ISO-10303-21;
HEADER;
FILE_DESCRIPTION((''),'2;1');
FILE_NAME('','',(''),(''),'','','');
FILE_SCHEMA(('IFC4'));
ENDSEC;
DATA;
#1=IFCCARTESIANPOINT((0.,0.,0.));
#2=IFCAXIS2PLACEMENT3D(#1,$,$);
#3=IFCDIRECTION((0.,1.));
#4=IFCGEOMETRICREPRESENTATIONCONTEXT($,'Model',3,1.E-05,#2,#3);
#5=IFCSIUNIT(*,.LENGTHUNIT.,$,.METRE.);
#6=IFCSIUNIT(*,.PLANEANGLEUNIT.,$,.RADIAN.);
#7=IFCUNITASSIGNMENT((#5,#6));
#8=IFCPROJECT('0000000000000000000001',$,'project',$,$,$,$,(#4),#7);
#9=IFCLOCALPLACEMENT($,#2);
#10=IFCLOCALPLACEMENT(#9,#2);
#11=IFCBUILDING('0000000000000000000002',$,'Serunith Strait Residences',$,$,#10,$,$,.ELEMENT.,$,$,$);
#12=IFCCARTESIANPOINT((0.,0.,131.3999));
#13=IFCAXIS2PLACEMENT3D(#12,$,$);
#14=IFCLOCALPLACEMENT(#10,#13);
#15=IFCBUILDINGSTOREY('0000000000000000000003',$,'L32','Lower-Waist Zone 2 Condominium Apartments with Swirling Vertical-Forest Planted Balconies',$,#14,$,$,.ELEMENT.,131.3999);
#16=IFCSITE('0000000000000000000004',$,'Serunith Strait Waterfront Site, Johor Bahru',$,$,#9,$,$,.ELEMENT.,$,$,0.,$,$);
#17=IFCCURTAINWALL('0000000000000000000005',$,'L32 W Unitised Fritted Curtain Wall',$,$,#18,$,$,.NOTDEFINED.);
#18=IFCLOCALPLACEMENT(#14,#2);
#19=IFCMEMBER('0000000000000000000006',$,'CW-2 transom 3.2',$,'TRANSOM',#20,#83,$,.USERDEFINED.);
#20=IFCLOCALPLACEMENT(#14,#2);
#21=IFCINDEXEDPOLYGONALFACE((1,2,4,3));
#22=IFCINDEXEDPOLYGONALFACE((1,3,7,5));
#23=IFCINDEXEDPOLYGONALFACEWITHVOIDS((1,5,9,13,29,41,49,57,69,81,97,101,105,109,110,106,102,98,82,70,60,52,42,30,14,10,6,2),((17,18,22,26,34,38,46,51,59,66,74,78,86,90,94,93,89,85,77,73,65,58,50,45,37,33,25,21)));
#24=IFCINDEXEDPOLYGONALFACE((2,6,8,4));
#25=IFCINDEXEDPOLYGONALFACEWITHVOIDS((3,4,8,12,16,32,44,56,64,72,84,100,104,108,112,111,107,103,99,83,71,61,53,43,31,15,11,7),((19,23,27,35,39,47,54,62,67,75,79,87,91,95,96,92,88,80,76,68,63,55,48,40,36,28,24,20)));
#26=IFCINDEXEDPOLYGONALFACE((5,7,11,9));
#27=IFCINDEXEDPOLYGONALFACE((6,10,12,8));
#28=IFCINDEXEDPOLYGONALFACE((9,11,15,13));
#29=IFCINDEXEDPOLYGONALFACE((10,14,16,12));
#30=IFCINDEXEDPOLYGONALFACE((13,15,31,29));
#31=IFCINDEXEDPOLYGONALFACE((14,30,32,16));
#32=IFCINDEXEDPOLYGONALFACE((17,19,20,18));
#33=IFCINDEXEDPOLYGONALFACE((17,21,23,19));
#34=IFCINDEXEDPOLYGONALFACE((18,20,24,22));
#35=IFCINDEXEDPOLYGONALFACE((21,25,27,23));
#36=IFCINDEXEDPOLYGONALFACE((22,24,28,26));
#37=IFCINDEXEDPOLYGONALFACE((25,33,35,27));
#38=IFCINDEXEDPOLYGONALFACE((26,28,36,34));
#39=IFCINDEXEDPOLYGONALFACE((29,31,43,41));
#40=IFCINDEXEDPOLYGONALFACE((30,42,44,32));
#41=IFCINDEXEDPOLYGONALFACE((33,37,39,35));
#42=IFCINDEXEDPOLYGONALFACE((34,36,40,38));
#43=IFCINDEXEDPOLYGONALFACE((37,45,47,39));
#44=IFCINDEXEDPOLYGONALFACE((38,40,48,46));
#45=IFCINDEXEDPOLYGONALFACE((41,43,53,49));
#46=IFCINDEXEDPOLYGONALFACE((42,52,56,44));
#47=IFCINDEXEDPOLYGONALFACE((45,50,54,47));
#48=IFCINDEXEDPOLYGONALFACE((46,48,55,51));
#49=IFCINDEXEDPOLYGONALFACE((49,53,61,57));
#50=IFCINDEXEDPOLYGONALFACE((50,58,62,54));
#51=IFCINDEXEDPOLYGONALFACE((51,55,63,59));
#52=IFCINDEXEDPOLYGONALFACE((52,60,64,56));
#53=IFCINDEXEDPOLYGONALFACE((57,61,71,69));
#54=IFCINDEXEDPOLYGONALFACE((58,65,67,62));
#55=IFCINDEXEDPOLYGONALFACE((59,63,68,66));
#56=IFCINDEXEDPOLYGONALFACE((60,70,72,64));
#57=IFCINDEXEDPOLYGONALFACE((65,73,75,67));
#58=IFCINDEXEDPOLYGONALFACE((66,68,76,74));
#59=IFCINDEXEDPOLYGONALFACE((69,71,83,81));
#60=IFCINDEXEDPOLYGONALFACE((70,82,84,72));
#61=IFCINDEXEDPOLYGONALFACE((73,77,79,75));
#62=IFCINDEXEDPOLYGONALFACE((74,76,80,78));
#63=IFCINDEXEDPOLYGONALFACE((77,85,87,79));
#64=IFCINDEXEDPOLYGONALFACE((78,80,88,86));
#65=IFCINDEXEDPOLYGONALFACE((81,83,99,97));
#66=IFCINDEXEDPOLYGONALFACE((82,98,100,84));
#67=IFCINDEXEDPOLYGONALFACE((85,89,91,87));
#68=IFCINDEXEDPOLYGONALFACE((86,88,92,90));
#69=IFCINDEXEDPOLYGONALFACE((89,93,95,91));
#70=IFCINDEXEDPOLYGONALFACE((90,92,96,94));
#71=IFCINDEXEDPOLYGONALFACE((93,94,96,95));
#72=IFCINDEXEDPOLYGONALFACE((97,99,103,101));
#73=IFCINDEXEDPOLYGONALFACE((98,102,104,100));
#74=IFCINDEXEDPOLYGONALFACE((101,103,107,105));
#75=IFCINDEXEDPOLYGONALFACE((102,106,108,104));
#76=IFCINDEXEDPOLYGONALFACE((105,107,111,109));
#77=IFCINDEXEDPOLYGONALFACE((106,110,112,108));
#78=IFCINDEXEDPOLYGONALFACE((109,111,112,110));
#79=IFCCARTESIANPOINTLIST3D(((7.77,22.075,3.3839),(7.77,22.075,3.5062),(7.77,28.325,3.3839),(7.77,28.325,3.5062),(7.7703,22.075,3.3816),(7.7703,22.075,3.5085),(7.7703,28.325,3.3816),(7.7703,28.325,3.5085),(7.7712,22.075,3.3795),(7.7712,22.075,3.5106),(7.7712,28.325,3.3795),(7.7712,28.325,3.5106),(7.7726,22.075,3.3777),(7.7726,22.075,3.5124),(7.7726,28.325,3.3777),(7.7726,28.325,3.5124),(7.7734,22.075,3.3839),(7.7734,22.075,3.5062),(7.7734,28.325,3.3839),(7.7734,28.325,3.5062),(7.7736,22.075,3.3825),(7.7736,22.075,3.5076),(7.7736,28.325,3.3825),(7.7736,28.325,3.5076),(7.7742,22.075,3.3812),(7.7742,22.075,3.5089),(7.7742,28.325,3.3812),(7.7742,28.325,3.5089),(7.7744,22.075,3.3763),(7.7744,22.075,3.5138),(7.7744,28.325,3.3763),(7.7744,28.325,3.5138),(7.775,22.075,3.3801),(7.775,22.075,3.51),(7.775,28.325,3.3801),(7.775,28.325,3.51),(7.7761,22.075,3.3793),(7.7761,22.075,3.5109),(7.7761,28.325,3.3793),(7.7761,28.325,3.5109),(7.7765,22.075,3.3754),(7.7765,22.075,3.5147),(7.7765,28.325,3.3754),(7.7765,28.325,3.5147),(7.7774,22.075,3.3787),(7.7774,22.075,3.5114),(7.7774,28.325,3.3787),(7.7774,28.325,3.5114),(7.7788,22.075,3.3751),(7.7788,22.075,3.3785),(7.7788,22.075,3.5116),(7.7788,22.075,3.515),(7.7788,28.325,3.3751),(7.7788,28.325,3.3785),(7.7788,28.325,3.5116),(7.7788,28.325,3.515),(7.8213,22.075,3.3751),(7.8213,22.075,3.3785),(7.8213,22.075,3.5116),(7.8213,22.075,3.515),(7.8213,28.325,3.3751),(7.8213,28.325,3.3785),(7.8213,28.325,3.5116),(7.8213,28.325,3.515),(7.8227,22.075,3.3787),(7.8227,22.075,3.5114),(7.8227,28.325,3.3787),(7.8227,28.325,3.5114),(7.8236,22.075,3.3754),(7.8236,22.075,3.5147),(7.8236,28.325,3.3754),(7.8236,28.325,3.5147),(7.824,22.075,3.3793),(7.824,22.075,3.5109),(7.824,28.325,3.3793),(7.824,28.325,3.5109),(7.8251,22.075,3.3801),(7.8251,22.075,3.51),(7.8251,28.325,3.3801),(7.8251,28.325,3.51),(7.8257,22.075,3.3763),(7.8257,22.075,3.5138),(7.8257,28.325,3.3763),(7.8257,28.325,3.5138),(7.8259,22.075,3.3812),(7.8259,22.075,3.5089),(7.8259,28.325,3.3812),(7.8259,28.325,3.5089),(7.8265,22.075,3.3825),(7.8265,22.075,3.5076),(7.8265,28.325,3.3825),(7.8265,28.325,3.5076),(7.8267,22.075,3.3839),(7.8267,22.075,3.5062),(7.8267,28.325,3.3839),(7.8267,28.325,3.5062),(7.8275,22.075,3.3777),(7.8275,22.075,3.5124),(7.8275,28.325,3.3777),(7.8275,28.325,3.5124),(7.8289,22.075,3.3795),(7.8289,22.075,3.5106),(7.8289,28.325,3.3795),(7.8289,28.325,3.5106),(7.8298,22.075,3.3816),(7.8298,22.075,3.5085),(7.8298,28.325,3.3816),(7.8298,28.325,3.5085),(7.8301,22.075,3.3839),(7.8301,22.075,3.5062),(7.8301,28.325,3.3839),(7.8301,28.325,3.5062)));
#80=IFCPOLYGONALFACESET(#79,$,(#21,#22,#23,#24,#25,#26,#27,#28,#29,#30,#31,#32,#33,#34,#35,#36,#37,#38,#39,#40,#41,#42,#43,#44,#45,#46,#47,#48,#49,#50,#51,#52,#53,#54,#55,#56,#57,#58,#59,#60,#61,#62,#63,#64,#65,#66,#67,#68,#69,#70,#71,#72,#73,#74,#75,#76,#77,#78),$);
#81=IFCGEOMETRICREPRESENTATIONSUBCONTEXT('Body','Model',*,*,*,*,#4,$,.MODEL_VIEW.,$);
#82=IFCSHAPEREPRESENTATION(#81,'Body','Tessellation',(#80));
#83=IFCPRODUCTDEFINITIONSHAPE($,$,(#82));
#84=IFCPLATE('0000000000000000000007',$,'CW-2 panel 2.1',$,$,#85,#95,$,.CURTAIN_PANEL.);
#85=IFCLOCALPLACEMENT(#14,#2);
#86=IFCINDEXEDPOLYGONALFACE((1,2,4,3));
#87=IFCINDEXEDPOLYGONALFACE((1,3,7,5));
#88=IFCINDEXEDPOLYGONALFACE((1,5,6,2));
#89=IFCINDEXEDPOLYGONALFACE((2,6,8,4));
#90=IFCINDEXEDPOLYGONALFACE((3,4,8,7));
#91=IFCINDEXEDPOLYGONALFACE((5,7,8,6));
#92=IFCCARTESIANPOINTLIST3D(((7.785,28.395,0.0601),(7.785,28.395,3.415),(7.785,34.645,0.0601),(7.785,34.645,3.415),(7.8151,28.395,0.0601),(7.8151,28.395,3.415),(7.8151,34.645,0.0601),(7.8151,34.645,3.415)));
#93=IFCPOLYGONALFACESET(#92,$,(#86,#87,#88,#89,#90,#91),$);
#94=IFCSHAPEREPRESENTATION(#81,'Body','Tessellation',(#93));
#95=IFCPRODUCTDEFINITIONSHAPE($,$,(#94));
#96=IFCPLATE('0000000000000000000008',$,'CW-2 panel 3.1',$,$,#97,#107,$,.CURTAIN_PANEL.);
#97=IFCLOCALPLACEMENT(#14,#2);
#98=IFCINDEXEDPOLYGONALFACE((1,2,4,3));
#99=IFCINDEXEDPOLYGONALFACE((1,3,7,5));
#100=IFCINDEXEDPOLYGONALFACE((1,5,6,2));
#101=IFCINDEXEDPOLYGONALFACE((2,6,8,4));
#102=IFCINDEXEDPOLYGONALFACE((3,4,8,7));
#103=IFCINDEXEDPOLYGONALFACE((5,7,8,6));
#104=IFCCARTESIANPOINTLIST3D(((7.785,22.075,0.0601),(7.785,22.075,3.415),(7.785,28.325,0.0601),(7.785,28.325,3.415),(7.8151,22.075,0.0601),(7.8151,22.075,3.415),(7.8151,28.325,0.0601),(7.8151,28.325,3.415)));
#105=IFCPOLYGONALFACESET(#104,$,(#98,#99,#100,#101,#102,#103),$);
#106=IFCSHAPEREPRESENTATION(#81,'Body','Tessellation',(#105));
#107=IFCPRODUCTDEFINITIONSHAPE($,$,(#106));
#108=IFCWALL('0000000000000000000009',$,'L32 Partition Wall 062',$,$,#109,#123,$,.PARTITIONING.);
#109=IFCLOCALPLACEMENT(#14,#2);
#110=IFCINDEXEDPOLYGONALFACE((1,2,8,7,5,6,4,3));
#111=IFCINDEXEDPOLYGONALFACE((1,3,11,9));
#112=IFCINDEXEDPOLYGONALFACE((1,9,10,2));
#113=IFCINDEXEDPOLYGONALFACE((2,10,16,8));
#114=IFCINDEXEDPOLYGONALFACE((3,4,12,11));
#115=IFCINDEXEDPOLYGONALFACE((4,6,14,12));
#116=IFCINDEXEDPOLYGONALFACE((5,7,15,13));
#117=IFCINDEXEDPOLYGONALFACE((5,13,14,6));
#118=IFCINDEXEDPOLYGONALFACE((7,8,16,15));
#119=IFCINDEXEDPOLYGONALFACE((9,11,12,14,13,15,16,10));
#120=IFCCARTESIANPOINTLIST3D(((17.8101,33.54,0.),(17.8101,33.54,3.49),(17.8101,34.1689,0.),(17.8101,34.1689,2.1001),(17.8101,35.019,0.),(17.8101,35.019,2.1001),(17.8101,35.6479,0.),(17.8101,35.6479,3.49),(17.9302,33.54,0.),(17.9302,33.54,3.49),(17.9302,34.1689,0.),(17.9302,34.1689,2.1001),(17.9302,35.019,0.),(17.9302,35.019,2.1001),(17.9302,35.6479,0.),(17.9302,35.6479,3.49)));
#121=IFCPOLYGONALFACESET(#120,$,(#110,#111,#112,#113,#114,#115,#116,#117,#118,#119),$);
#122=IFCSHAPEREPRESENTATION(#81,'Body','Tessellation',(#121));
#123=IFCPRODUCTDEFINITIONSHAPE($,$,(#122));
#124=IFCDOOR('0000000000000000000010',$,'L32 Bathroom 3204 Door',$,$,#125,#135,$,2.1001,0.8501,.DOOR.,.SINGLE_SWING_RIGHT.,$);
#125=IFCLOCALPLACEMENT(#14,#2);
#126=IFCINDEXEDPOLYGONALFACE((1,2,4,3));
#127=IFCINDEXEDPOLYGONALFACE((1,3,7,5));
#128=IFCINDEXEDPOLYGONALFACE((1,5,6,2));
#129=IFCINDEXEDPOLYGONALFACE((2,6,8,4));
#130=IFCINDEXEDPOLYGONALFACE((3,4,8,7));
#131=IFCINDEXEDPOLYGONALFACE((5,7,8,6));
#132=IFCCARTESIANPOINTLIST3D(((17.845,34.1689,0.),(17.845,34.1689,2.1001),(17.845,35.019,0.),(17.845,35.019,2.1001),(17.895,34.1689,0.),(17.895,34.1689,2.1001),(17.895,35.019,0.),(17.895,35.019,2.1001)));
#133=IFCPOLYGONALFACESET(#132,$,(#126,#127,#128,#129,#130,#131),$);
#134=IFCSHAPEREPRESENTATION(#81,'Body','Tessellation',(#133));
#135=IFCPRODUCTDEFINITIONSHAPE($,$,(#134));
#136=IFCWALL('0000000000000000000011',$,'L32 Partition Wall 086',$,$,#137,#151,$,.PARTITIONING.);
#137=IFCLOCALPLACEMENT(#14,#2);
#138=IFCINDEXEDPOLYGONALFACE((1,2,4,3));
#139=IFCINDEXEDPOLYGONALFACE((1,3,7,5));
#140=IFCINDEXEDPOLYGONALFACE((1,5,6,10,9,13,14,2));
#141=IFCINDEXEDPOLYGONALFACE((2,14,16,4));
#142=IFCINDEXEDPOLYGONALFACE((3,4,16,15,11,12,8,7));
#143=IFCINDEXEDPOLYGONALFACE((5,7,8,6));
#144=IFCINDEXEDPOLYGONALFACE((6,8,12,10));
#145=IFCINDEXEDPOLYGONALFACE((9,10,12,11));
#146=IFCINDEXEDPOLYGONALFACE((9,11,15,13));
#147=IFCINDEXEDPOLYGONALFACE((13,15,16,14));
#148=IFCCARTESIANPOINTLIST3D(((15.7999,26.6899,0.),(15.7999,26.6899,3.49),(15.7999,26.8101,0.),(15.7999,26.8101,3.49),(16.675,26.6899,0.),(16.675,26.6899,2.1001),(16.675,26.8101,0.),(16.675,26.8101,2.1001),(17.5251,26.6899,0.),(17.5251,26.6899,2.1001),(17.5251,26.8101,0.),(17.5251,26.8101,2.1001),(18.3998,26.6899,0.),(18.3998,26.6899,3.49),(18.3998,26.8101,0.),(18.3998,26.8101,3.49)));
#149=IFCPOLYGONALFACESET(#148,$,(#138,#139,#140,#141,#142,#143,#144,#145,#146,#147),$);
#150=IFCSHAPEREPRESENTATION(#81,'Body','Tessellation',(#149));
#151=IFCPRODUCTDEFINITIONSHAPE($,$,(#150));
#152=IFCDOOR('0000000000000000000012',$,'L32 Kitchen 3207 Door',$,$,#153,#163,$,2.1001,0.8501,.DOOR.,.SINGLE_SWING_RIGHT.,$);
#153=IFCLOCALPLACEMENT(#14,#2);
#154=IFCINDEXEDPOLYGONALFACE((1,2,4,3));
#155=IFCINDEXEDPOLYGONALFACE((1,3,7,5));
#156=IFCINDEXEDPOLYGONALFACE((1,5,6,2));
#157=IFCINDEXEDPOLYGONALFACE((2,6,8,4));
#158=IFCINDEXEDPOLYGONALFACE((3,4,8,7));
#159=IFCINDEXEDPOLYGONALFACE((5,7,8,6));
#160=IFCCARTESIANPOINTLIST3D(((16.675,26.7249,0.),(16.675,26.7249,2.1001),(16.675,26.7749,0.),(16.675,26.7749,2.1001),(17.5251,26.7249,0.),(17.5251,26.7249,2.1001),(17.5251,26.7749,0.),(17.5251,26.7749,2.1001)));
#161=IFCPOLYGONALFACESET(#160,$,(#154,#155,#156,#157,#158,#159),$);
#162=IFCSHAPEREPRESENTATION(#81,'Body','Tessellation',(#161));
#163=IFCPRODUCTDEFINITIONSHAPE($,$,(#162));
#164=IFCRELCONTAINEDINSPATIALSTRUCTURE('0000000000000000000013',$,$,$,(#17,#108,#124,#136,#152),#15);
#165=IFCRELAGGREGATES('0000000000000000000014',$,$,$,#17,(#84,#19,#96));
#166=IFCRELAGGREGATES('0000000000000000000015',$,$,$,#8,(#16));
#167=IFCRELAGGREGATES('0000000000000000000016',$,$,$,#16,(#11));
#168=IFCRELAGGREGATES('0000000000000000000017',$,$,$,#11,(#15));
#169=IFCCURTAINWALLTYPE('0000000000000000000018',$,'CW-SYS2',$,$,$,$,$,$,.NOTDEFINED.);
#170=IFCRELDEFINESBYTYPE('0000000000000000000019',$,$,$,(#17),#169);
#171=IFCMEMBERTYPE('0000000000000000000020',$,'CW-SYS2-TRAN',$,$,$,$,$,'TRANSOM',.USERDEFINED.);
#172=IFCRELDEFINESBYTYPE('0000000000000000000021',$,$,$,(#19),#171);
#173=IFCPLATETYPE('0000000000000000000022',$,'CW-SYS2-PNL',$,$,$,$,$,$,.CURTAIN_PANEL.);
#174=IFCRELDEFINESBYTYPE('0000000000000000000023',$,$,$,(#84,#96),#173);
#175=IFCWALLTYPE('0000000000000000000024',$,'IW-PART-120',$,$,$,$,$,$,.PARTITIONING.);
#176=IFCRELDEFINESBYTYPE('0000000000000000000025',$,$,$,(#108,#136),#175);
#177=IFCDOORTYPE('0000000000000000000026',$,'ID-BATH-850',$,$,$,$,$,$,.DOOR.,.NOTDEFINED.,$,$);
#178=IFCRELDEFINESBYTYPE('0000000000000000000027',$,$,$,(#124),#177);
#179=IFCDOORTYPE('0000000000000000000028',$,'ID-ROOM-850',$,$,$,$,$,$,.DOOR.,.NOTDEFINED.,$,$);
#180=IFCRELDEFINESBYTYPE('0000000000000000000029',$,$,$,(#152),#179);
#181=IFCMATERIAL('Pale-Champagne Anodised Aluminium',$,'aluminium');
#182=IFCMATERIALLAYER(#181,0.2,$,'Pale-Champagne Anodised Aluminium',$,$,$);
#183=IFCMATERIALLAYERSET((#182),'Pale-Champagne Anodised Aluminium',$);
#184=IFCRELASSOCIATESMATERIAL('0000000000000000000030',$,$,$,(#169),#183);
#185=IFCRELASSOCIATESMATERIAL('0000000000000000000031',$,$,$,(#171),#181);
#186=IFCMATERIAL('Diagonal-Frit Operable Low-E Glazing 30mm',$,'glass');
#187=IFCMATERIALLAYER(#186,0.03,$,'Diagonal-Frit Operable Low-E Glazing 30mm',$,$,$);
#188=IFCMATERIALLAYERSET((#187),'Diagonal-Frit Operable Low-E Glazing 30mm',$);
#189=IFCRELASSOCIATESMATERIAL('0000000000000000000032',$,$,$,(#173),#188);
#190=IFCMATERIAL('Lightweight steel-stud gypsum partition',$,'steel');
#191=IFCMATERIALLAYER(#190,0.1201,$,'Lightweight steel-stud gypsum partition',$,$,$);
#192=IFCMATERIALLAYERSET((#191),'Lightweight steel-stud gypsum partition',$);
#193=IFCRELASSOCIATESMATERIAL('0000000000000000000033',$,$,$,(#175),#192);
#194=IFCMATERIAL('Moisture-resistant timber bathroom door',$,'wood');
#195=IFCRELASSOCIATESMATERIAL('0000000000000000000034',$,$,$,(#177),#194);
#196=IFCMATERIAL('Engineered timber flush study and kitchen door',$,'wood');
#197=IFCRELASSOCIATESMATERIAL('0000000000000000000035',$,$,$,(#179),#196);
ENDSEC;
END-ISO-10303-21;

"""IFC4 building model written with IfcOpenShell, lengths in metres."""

from ifc_helpers import new_model, si_unit, direction, frame, frame_2d, origin, origin_2d, place, context, subcontext, project, spatial, rectangle, hollow_rectangle, extrude, source, transform, mapped, material, layer, layer_set, material_profile, profile_set, type_object, element, fill, aggregate, save


model = new_model("IFC4")

# Units and contexts
model_context = context("Model", 3, precision=1e-05, world=origin(), true_north=direction((0.0, 1.0)))
body_context = subcontext(model_context, "Body", "Model", "MODEL_VIEW")
ifc_project = project(units=[si_unit("LENGTHUNIT", "METRE"), si_unit("PLANEANGLEUNIT", "RADIAN")], contexts=[model_context])

# Site, building, storey
site_placement = place(None, origin())
site = spatial("IfcSite", under=ifc_project, at=site_placement, Name="Serunith Strait Waterfront Site, Johor Bahru", CompositionType="ELEMENT", RefElevation=0.0)
building_placement = place(site_placement, origin())
building = spatial("IfcBuilding", under=site, at=building_placement, Name="Serunith Strait Residences", CompositionType="ELEMENT")
storey_placement = place(building_placement, frame((0.0, 0.0, 131.3999)))
storey = spatial("IfcBuildingStorey", under=building, at=storey_placement, Name="L32", Description="Lower-Waist Zone 2 Condominium Apartments with Swirling Vertical-Forest Planted Balconies", CompositionType="ELEMENT", Elevation=131.3999)

# Curtain wall, member, plates
ifc_material_1 = material(Name="Pale-Champagne Anodised Aluminium", Category="aluminium")
ifc_layer_1 = layer(ifc_material_1, 0.2, Name="Pale-Champagne Anodised Aluminium")
ifc_layer_set_1 = layer_set([ifc_layer_1], Name="Pale-Champagne Anodised Aluminium")
curtain_wall_type = type_object("IfcCurtainWallType", Name="CW-SYS2", PredefinedType="NOTDEFINED", material=ifc_layer_set_1)
curtain_wall_placement = place(storey_placement, origin())
curtain_wall = element("IfcCurtainWall", 1, at=curtain_wall_placement, inside=storey, type_object=curtain_wall_type, Name="L32 W Unitised Fritted Curtain Wall", PredefinedType="NOTDEFINED")
ifc_material_profile_1 = material_profile(ifc_material_1, hollow_rectangle(XDim=0.0601, YDim=0.1399, WallThickness=0.0034, InnerFilletRadius=0.0054, OuterFilletRadius=0.0088, at=origin_2d()), Name="ALU 140x60x3.5")
ifc_profile_set_1 = profile_set([ifc_material_profile_1], Name="Pale-Champagne Anodised Aluminium")
member_type_1 = type_object("IfcMemberType", Name="CW-SYS2-TRAN", ElementType="TRANSOM", PredefinedType="USERDEFINED", material=ifc_profile_set_1)
shared_shape_1 = source(origin(), body_context, "Body", "SweptSolid", [
    extrude(hollow_rectangle(XDim=0.0601, YDim=0.1399, WallThickness=0.0034, InnerFilletRadius=0.0054, OuterFilletRadius=0.0088, at=origin_2d()), origin(), (0.0, 0.0, 1.0), 6.25),
])
member_1_placement = place(storey_placement, frame((7.8, 28.325, 3.4451), z_axis=(0.0, -1.0, 0.0), x_axis=(1.0, 0.0, 0.0)))
member_1 = element("IfcMember", 2, at=member_1_placement, type_object=member_type_1, Name="CW-2 transom 3.2", ObjectType="TRANSOM", PredefinedType="USERDEFINED", context=body_context, shape_type="MappedRepresentation", body=[
    mapped(shared_shape_1, transform((0.0, 0.0, 0.0), scale=1.0)),
])
ifc_material_2 = material(Name="Diagonal-Frit Operable Low-E Glazing 30mm", Category="glass")
ifc_layer_2 = layer(ifc_material_2, 0.03, Name="Diagonal-Frit Operable Low-E Glazing 30mm")
ifc_layer_set_2 = layer_set([ifc_layer_2], Name="Diagonal-Frit Operable Low-E Glazing 30mm")
plate_type = type_object("IfcPlateType", Name="CW-SYS2-PNL", PredefinedType="CURTAIN_PANEL", material=ifc_layer_set_2)
shared_shape_2 = source(origin(), body_context, "Body", "SweptSolid", [
    extrude(rectangle(XDim=6.25, YDim=0.03, at=origin_2d()), origin(), (0.0, 0.0, 1.0), 3.355),
])
plate_1_placement = place(storey_placement, frame((7.8, 31.52, 0.0601), z_axis=(0.0, 0.0, 1.0), x_axis=(0.0, -1.0, 0.0)))
plate_1 = element("IfcPlate", 3, at=plate_1_placement, type_object=plate_type, Name="CW-2 panel 2.1", PredefinedType="CURTAIN_PANEL", context=body_context, shape_type="MappedRepresentation", body=[
    mapped(shared_shape_2, transform((0.0, 0.0, 0.0), scale=1.0)),
])
plate_2_placement = place(storey_placement, frame((7.8, 25.2, 0.0601), z_axis=(0.0, 0.0, 1.0), x_axis=(0.0, -1.0, 0.0)))
plate_2 = element("IfcPlate", 4, at=plate_2_placement, type_object=plate_type, Name="CW-2 panel 3.1", PredefinedType="CURTAIN_PANEL", context=body_context, shape_type="MappedRepresentation", body=[
    mapped(shared_shape_2, transform((0.0, 0.0, 0.0), scale=1.0)),
])
aggregate(curtain_wall, [plate_1, member_1, plate_2])

# Walls, openings, doors
ifc_material_3 = material(Name="Lightweight steel-stud gypsum partition", Category="steel")
ifc_layer_3 = layer(ifc_material_3, 0.1201, Name="Lightweight steel-stud gypsum partition")
ifc_layer_set_3 = layer_set([ifc_layer_3], Name="Lightweight steel-stud gypsum partition")
wall_type_1 = type_object("IfcWallType", Name="IW-PART-120", PredefinedType="PARTITIONING", material=ifc_layer_set_3)
wall_1_placement = place(storey_placement, frame((17.8701, 35.6479, 0.0), z_axis=(0.0, 0.0, 1.0), x_axis=(0.0, -1.0, 0.0)))
wall_1 = element("IfcWall", 5, at=wall_1_placement, inside=storey, type_object=wall_type_1, Name="L32 Partition Wall 062", PredefinedType="PARTITIONING", context=body_context, shape_type="SweptSolid", body=[
    extrude(rectangle(XDim=2.1079, YDim=0.1201, at=frame_2d((1.054, 0.0))), origin(), (0.0, 0.0, 1.0), 3.49),
])
opening_1_placement = place(wall_1_placement, frame((0.6289, 0.0, 0.0)))
opening_1 = element("IfcOpeningElement", 6, at=opening_1_placement, cuts=wall_1, PredefinedType="OPENING", context=body_context, shape_type="SweptSolid", body=[
    extrude(rectangle(XDim=0.8501, YDim=2.1001, at=frame_2d((0.425, 1.05))), frame((0.0, 0.0701, 0.0), z_axis=(0.0, -1.0, 0.0), x_axis=(1.0, 0.0, 0.0)), (0.0, 0.0, 1.0), 0.1401),
])
ifc_material_4 = material(Name="Moisture-resistant timber bathroom door", Category="wood")
door_type_1 = type_object("IfcDoorType", Name="ID-BATH-850", OperationType="NOTDEFINED", PredefinedType="DOOR", material=ifc_material_4)
shared_shape_3 = source(origin(), body_context, "Body", "SweptSolid", [
    extrude(rectangle(XDim=0.8501, YDim=2.1001, at=frame_2d((0.425, 1.05))), frame((0.0, 0.0249, 0.0), z_axis=(0.0, -1.0, 0.0), x_axis=(1.0, 0.0, 0.0)), (0.0, 0.0, 1.0), 0.05),
])
door_1_placement = place(opening_1_placement, origin())
door_1 = element("IfcDoor", 7, at=door_1_placement, inside=storey, type_object=door_type_1, Name="L32 Bathroom 3204 Door", OperationType="SINGLE_SWING_RIGHT", OverallHeight=2.1001, OverallWidth=0.8501, PredefinedType="DOOR", context=body_context, shape_type="MappedRepresentation", body=[
    mapped(shared_shape_3, transform((0.0, 0.0, 0.0), scale=1.0)),
])
fill(opening_1, door_1)
wall_2_placement = place(storey_placement, frame((15.8, 26.75, 0.0), z_axis=(0.0, 0.0, 1.0), x_axis=(1.0, 0.0, 0.0)))
wall_2 = element("IfcWall", 8, at=wall_2_placement, inside=storey, type_object=wall_type_1, Name="L32 Partition Wall 086", PredefinedType="PARTITIONING", context=body_context, shape_type="SweptSolid", body=[
    extrude(rectangle(XDim=2.5999, YDim=0.1201, at=frame_2d((1.2998, 0.0))), origin(), (0.0, 0.0, 1.0), 3.49),
])
opening_2_placement = place(wall_2_placement, frame((0.875, 0.0, 0.0)))
opening_2 = element("IfcOpeningElement", 9, at=opening_2_placement, cuts=wall_2, PredefinedType="OPENING", context=body_context, shape_type="SweptSolid", body=[
    extrude(rectangle(XDim=0.8501, YDim=2.1001, at=frame_2d((0.425, 1.05))), frame((0.0, 0.0701, 0.0), z_axis=(0.0, -1.0, 0.0), x_axis=(1.0, 0.0, 0.0)), (0.0, 0.0, 1.0), 0.1401),
])
ifc_material_5 = material(Name="Engineered timber flush study and kitchen door", Category="wood")
door_type_2 = type_object("IfcDoorType", Name="ID-ROOM-850", OperationType="NOTDEFINED", PredefinedType="DOOR", material=ifc_material_5)
door_2_placement = place(opening_2_placement, origin())
door_2 = element("IfcDoor", 10, at=door_2_placement, inside=storey, type_object=door_type_2, Name="L32 Kitchen 3207 Door", OperationType="SINGLE_SWING_RIGHT", OverallHeight=2.1001, OverallWidth=0.8501, PredefinedType="DOOR", context=body_context, shape_type="MappedRepresentation", body=[
    mapped(shared_shape_3, transform((0.0, 0.0, 0.0), scale=1.0)),
])
fill(opening_2, door_2)

save(model, "model.ifc")
